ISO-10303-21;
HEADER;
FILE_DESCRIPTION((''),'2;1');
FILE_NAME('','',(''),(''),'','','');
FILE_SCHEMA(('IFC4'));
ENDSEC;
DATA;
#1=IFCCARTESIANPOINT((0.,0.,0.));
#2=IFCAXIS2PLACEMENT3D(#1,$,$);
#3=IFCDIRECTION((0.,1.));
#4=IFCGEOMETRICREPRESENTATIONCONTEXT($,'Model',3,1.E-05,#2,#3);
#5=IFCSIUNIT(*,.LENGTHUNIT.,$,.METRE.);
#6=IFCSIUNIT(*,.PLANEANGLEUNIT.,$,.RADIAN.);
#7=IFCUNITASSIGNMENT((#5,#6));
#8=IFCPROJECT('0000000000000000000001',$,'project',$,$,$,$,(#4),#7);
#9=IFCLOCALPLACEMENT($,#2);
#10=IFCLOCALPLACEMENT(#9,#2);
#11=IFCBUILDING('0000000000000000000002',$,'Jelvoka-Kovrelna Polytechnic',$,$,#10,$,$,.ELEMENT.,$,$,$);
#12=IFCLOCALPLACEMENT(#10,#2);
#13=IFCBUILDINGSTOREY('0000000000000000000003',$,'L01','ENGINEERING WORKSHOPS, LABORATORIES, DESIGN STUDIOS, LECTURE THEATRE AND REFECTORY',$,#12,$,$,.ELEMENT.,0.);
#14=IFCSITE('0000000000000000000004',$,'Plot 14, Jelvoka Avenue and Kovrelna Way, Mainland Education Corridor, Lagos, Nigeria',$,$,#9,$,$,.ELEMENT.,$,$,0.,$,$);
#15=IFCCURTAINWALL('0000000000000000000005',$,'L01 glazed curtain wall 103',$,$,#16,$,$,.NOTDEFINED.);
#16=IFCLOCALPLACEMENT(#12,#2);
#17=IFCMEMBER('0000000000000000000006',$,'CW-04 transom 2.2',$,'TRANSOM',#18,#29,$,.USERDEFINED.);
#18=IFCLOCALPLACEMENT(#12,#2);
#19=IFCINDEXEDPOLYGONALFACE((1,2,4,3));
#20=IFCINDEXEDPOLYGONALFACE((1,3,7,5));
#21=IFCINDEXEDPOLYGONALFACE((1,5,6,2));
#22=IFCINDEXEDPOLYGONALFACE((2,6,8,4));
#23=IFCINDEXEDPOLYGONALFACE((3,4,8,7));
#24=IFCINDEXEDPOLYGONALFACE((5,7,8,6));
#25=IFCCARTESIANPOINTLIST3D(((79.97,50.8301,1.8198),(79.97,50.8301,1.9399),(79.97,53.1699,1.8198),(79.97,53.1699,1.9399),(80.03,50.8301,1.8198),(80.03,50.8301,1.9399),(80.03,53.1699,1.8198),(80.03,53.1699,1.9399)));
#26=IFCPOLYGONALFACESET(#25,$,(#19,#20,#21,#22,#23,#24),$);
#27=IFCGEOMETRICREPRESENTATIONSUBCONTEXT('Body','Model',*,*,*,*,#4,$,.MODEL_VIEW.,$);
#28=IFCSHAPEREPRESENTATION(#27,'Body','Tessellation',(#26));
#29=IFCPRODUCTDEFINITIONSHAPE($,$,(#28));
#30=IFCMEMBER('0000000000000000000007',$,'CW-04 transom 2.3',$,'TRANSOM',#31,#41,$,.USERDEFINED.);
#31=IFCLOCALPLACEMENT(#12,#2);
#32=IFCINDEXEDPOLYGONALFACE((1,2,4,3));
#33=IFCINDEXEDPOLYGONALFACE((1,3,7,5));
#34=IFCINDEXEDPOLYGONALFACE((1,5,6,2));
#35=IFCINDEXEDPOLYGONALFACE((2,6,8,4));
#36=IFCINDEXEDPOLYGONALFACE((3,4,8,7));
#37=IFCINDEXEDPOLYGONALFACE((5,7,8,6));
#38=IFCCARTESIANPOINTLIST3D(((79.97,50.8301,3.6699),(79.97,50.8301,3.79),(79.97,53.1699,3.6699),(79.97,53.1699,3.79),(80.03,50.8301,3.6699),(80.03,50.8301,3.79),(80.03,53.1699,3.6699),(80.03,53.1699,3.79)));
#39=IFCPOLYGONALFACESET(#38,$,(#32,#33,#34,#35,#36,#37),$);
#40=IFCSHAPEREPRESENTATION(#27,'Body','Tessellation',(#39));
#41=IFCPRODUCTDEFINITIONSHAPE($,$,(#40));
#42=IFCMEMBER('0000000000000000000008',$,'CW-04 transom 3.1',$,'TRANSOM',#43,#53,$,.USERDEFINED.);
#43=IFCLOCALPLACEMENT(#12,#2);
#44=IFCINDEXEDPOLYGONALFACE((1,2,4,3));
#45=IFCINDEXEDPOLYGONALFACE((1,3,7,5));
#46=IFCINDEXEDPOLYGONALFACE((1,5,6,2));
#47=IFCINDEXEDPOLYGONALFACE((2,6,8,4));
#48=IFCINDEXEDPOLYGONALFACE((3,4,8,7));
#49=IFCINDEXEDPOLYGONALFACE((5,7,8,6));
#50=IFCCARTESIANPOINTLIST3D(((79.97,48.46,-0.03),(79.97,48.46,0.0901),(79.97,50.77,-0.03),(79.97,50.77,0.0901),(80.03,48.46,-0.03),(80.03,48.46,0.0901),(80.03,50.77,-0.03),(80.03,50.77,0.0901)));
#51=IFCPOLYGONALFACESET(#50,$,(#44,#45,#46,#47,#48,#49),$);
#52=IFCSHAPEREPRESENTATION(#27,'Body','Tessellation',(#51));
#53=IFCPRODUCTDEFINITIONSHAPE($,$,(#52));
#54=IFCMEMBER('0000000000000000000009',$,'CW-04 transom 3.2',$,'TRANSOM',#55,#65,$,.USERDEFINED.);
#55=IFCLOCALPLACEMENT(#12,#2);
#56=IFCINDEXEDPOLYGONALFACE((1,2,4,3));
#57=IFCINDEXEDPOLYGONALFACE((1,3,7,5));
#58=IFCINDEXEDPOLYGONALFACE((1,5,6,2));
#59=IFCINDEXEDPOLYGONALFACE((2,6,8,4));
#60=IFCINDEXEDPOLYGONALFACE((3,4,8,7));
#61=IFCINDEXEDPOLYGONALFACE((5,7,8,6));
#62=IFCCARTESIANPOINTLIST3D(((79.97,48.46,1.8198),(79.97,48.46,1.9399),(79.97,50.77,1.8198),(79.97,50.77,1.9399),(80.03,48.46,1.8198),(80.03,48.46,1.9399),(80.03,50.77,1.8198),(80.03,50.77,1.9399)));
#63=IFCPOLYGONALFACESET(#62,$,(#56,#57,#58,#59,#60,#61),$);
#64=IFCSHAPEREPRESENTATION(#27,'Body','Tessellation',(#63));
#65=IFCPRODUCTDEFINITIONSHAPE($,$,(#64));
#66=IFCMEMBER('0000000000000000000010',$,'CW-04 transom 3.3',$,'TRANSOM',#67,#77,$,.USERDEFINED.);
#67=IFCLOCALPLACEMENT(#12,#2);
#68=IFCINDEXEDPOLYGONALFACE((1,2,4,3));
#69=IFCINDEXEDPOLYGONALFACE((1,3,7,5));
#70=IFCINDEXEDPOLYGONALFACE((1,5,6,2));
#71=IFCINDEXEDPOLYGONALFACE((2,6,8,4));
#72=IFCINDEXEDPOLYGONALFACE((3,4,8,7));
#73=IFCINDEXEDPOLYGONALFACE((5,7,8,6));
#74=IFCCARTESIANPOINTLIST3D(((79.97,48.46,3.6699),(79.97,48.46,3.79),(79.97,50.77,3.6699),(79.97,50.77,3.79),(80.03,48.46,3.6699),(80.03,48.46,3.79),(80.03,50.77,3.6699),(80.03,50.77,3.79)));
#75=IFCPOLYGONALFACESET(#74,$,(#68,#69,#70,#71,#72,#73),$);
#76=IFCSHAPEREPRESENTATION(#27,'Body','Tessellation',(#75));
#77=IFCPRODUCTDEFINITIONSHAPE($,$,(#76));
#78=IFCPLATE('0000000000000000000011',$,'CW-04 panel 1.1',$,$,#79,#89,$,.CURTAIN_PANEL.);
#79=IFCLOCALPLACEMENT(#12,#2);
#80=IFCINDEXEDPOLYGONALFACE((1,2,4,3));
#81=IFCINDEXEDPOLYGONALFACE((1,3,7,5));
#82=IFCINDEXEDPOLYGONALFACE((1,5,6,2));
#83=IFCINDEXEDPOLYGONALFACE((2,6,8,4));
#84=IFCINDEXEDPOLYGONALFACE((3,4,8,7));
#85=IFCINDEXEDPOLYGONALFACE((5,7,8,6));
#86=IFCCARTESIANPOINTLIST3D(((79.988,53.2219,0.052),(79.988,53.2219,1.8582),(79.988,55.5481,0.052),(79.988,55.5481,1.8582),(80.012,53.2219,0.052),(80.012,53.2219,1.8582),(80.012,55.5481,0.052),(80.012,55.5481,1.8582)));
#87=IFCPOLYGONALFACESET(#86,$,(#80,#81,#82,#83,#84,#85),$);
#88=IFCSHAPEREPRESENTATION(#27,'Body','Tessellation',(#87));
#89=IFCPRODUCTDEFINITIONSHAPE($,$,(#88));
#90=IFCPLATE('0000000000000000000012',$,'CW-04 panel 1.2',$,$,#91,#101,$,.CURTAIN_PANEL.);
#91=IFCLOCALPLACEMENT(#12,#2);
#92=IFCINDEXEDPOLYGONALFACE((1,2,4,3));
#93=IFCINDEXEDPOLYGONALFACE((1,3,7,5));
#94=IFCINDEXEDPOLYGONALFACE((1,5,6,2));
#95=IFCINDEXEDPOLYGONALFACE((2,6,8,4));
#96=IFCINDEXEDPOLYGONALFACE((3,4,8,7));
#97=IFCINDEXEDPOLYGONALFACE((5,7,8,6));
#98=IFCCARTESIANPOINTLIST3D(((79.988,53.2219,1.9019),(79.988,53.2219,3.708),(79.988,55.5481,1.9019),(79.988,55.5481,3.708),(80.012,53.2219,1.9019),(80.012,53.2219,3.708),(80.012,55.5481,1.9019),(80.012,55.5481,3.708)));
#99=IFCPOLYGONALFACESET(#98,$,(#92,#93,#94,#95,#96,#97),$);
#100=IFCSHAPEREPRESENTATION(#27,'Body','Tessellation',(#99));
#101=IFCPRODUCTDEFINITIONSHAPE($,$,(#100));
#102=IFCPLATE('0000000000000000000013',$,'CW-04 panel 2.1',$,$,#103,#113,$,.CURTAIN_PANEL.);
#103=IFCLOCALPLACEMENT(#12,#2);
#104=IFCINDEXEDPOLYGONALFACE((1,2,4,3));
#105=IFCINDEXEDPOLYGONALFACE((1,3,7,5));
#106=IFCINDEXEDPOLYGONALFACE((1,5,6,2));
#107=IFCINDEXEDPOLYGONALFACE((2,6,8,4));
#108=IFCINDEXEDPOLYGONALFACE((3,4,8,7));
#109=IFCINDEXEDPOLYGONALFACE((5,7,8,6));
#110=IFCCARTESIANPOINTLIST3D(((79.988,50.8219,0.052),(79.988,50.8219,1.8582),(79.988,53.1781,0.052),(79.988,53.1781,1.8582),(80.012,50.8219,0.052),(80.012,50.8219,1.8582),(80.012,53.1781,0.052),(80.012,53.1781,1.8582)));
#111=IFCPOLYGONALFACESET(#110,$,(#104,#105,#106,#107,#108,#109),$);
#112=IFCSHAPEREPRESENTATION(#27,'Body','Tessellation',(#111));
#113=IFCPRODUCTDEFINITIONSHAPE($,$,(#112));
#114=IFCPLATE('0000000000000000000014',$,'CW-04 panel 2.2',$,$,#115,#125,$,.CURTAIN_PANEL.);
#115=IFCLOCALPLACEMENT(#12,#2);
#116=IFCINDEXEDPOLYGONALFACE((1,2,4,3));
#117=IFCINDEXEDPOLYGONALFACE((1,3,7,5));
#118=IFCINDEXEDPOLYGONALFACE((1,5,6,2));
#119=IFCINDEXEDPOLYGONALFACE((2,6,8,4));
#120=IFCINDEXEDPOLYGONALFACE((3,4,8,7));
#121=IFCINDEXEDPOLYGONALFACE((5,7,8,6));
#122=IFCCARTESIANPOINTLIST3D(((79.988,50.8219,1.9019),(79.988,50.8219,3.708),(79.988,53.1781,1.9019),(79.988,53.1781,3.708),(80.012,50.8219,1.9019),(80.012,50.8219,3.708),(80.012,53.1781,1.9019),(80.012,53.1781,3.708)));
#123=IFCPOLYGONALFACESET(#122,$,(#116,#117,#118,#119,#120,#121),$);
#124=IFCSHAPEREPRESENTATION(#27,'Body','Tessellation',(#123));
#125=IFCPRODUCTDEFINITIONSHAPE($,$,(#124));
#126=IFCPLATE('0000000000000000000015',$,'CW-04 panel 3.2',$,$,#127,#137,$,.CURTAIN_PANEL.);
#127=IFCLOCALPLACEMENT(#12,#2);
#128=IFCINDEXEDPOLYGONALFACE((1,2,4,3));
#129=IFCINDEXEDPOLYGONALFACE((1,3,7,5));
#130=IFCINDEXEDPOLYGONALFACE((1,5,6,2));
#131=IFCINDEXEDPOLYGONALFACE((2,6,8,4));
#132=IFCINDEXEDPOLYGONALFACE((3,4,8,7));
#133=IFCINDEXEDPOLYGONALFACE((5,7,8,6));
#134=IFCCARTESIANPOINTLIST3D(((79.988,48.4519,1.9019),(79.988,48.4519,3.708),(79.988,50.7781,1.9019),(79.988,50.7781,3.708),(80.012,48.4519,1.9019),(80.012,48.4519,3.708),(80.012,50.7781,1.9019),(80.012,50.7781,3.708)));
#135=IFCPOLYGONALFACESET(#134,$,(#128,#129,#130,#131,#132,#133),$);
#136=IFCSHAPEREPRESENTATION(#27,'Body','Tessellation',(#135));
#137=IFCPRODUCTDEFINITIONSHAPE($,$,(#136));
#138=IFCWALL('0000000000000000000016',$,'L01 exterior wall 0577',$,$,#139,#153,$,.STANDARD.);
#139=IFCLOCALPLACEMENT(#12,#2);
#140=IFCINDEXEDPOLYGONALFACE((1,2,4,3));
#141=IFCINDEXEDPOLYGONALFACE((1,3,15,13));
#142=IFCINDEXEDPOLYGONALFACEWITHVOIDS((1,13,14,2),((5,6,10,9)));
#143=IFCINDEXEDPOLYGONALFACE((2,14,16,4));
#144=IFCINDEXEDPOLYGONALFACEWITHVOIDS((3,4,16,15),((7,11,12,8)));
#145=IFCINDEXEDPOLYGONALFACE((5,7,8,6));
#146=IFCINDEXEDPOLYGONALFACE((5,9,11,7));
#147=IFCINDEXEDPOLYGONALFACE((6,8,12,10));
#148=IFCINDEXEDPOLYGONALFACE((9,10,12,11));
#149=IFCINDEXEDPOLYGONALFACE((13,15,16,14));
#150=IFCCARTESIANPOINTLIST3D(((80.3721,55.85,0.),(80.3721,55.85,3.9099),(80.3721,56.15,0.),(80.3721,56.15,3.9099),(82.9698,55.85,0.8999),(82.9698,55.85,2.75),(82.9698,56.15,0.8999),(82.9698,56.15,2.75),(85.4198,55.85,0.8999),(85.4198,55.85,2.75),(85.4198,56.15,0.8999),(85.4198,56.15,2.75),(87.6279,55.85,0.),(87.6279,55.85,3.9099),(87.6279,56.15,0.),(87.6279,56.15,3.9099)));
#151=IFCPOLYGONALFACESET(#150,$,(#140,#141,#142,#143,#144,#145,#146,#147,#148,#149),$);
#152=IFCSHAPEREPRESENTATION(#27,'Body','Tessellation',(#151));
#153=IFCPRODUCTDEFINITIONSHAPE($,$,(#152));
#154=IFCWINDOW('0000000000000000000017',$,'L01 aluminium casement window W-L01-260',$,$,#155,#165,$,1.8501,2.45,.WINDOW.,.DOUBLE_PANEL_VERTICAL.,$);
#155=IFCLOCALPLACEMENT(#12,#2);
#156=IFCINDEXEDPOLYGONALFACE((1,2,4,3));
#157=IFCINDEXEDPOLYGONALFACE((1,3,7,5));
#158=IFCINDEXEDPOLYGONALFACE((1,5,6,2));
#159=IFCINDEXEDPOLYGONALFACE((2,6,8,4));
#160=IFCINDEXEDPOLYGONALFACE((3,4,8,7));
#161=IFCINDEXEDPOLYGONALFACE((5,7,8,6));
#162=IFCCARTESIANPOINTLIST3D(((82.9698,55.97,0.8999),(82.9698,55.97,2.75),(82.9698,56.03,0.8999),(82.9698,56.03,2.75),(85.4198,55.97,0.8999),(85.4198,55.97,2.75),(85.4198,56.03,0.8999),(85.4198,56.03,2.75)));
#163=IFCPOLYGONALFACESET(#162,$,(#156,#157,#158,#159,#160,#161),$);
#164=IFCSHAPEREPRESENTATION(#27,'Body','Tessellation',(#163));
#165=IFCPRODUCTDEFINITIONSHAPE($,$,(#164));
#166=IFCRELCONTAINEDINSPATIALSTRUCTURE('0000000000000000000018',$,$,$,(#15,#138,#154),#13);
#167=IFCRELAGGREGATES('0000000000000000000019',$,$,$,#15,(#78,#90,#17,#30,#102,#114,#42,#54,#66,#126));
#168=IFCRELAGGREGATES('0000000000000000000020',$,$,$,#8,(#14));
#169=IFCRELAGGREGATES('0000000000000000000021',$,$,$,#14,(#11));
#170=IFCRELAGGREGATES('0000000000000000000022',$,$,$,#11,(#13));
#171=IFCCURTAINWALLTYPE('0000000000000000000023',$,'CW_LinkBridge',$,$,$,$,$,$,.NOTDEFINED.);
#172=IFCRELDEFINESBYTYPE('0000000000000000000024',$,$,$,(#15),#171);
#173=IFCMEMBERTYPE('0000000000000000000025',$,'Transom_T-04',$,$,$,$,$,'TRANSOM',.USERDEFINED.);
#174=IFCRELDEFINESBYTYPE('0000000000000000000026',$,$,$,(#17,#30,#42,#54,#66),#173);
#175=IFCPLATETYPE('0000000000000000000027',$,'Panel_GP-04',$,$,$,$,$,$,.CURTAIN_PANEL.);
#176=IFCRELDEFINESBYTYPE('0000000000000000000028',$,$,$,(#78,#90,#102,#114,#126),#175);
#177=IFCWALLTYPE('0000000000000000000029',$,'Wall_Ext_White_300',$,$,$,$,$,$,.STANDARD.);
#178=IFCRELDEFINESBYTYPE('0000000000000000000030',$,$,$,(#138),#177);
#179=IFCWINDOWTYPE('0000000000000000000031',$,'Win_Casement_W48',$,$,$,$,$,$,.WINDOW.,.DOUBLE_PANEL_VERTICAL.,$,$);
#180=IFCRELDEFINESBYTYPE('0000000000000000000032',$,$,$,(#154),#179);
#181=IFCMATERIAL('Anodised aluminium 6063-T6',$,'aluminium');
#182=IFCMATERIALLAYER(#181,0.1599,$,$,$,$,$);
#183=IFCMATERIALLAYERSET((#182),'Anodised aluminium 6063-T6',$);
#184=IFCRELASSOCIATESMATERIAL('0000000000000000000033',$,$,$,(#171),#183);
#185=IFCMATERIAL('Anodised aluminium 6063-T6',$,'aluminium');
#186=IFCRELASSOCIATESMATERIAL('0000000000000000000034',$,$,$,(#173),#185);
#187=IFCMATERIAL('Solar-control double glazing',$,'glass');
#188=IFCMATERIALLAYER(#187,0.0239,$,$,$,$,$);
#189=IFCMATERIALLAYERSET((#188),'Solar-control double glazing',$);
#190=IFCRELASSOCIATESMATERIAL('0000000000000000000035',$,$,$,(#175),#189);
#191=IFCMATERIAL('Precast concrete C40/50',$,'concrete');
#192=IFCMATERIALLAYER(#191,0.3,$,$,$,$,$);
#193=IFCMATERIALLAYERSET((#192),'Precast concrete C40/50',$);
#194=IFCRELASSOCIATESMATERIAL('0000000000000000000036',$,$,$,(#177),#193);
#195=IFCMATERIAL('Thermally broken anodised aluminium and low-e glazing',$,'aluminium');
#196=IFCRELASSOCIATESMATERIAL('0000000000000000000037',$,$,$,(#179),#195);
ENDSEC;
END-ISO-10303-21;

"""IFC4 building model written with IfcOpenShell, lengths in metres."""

from ifc_helpers import new_model, si_unit, direction, frame, frame_2d, origin, origin_2d, place, context, subcontext, project, spatial, rectangle, extrude, material, layer, layer_set, material_profile, profile_set, type_object, element, fill, aggregate, save


model = new_model("IFC4")

# Units and contexts
model_context = context("Model", 3, precision=1e-05, world=origin(), true_north=direction((0.0, 1.0)))
body_context = subcontext(model_context, "Body", "Model", "MODEL_VIEW")
ifc_project = project(units=[si_unit("LENGTHUNIT", "METRE"), si_unit("PLANEANGLEUNIT", "RADIAN")], contexts=[model_context])

# Site, building, storey
site_placement = place(None, origin())
site = spatial("IfcSite", under=ifc_project, at=site_placement, Name="Plot 14, Jelvoka Avenue and Kovrelna Way, Mainland Education Corridor, Lagos, Nigeria", CompositionType="ELEMENT", RefElevation=0.0)
building_placement = place(site_placement, origin())
building = spatial("IfcBuilding", under=site, at=building_placement, Name="Jelvoka-Kovrelna Polytechnic", CompositionType="ELEMENT")
storey_placement = place(building_placement, origin())
storey = spatial("IfcBuildingStorey", under=building, at=storey_placement, Name="L01", Description="ENGINEERING WORKSHOPS, LABORATORIES, DESIGN STUDIOS, LECTURE THEATRE AND REFECTORY", CompositionType="ELEMENT", Elevation=0.0)

# Curtain wall
ifc_material_1 = material(Name="Anodised aluminium 6063-T6", Category="aluminium")
ifc_layer_1 = layer(ifc_material_1, 0.1599)
ifc_layer_set_1 = layer_set([ifc_layer_1], Name="Anodised aluminium 6063-T6")
curtain_wall_type = type_object("IfcCurtainWallType", Name="CW_LinkBridge", PredefinedType="NOTDEFINED", material=ifc_layer_set_1)
curtain_wall_placement = place(storey_placement, origin())
curtain_wall = element("IfcCurtainWall", 1, at=curtain_wall_placement, inside=storey, type_object=curtain_wall_type, Name="L01 glazed curtain wall 103", PredefinedType="NOTDEFINED")

# Members
ifc_material_2 = material(Name="Anodised aluminium 6063-T6", Category="aluminium")
ifc_material_profile_1 = material_profile(ifc_material_2, rectangle(XDim=0.0601, YDim=0.1201, at=origin_2d()), Name="ALU 60x120")
ifc_profile_set_1 = profile_set([ifc_material_profile_1], Name="Anodised aluminium 6063-T6")
member_type_1 = type_object("IfcMemberType", Name="Transom_T-04", ElementType="TRANSOM", PredefinedType="USERDEFINED", material=ifc_profile_set_1)
member_1_placement = place(storey_placement, frame((80.0, 53.1699, 1.8799), z_axis=(0.0, -1.0, 0.0), x_axis=(1.0, 0.0, 0.0)))
member_1 = element("IfcMember", 2, at=member_1_placement, type_object=member_type_1, Name="CW-04 transom 2.2", ObjectType="TRANSOM", PredefinedType="USERDEFINED", context=body_context, shape_type="SweptSolid", body=[
    extrude(rectangle(XDim=0.0601, YDim=0.1201, at=origin_2d()), origin(), (0.0, 0.0, 1.0), 2.3398),
])
member_2_placement = place(storey_placement, frame((80.0, 53.1699, 3.73), z_axis=(0.0, -1.0, 0.0), x_axis=(1.0, 0.0, 0.0)))
member_2 = element("IfcMember", 3, at=member_2_placement, type_object=member_type_1, Name="CW-04 transom 2.3", ObjectType="TRANSOM", PredefinedType="USERDEFINED", context=body_context, shape_type="SweptSolid", body=[
    extrude(rectangle(XDim=0.0601, YDim=0.1201, at=origin_2d()), origin(), (0.0, 0.0, 1.0), 2.3398),
])
member_3_placement = place(storey_placement, frame((80.0, 50.77, 0.03), z_axis=(0.0, -1.0, 0.0), x_axis=(1.0, 0.0, 0.0)))
member_3 = element("IfcMember", 4, at=member_3_placement, type_object=member_type_1, Name="CW-04 transom 3.1", ObjectType="TRANSOM", PredefinedType="USERDEFINED", context=body_context, shape_type="SweptSolid", body=[
    extrude(rectangle(XDim=0.0601, YDim=0.1201, at=origin_2d()), origin(), (0.0, 0.0, 1.0), 2.3101),
])
member_4_placement = place(storey_placement, frame((80.0, 50.77, 1.8799), z_axis=(0.0, -1.0, 0.0), x_axis=(1.0, 0.0, 0.0)))
member_4 = element("IfcMember", 5, at=member_4_placement, type_object=member_type_1, Name="CW-04 transom 3.2", ObjectType="TRANSOM", PredefinedType="USERDEFINED", context=body_context, shape_type="SweptSolid", body=[
    extrude(rectangle(XDim=0.0601, YDim=0.1201, at=origin_2d()), origin(), (0.0, 0.0, 1.0), 2.3101),
])
member_5_placement = place(storey_placement, frame((80.0, 50.77, 3.73), z_axis=(0.0, -1.0, 0.0), x_axis=(1.0, 0.0, 0.0)))
member_5 = element("IfcMember", 6, at=member_5_placement, type_object=member_type_1, Name="CW-04 transom 3.3", ObjectType="TRANSOM", PredefinedType="USERDEFINED", context=body_context, shape_type="SweptSolid", body=[
    extrude(rectangle(XDim=0.0601, YDim=0.1201, at=origin_2d()), origin(), (0.0, 0.0, 1.0), 2.3101),
])

# Plates
ifc_material_3 = material(Name="Solar-control double glazing", Category="glass")
ifc_layer_2 = layer(ifc_material_3, 0.0239)
ifc_layer_set_2 = layer_set([ifc_layer_2], Name="Solar-control double glazing")
plate_type = type_object("IfcPlateType", Name="Panel_GP-04", PredefinedType="CURTAIN_PANEL", material=ifc_layer_set_2)
plate_1_placement = place(storey_placement, frame((80.0, 54.385, 0.052), z_axis=(0.0, 0.0, 1.0), x_axis=(0.0, -1.0, 0.0)))
plate_1 = element("IfcPlate", 7, at=plate_1_placement, type_object=plate_type, Name="CW-04 panel 1.1", PredefinedType="CURTAIN_PANEL", context=body_context, shape_type="SweptSolid", body=[
    extrude(rectangle(XDim=2.3262, YDim=0.0239, at=origin_2d()), origin(), (0.0, 0.0, 1.0), 1.8062),
])
plate_2_placement = place(storey_placement, frame((80.0, 54.385, 1.9019), z_axis=(0.0, 0.0, 1.0), x_axis=(0.0, -1.0, 0.0)))
plate_2 = element("IfcPlate", 8, at=plate_2_placement, type_object=plate_type, Name="CW-04 panel 1.2", PredefinedType="CURTAIN_PANEL", context=body_context, shape_type="SweptSolid", body=[
    extrude(rectangle(XDim=2.3262, YDim=0.0239, at=origin_2d()), origin(), (0.0, 0.0, 1.0), 1.8062),
])
plate_3_placement = place(storey_placement, frame((80.0, 52.0, 0.052), z_axis=(0.0, 0.0, 1.0), x_axis=(0.0, -1.0, 0.0)))
plate_3 = element("IfcPlate", 9, at=plate_3_placement, type_object=plate_type, Name="CW-04 panel 2.1", PredefinedType="CURTAIN_PANEL", context=body_context, shape_type="SweptSolid", body=[
    extrude(rectangle(XDim=2.3562, YDim=0.0239, at=origin_2d()), origin(), (0.0, 0.0, 1.0), 1.8062),
])
plate_4_placement = place(storey_placement, frame((80.0, 52.0, 1.9019), z_axis=(0.0, 0.0, 1.0), x_axis=(0.0, -1.0, 0.0)))
plate_4 = element("IfcPlate", 10, at=plate_4_placement, type_object=plate_type, Name="CW-04 panel 2.2", PredefinedType="CURTAIN_PANEL", context=body_context, shape_type="SweptSolid", body=[
    extrude(rectangle(XDim=2.3562, YDim=0.0239, at=origin_2d()), origin(), (0.0, 0.0, 1.0), 1.8062),
])
plate_5_placement = place(storey_placement, frame((80.0, 49.615, 1.9019), z_axis=(0.0, 0.0, 1.0), x_axis=(0.0, -1.0, 0.0)))
plate_5 = element("IfcPlate", 11, at=plate_5_placement, type_object=plate_type, Name="CW-04 panel 3.2", PredefinedType="CURTAIN_PANEL", context=body_context, shape_type="SweptSolid", body=[
    extrude(rectangle(XDim=2.3262, YDim=0.0239, at=origin_2d()), origin(), (0.0, 0.0, 1.0), 1.8062),
])
aggregate(curtain_wall, [plate_1, plate_2, member_1, member_2, plate_3, plate_4, member_3, member_4, member_5, plate_5])

# Wall, opening, window
ifc_material_4 = material(Name="Precast concrete C40/50", Category="concrete")
ifc_layer_3 = layer(ifc_material_4, 0.3)
ifc_layer_set_3 = layer_set([ifc_layer_3], Name="Precast concrete C40/50")
wall_type = type_object("IfcWallType", Name="Wall_Ext_White_300", PredefinedType="STANDARD", material=ifc_layer_set_3)
wall_placement = place(storey_placement, frame((87.6279, 56.0, 0.0), z_axis=(0.0, 0.0, 1.0), x_axis=(-1.0, 0.0, 0.0)))
wall = element("IfcWall", 12, at=wall_placement, inside=storey, type_object=wall_type, Name="L01 exterior wall 0577", PredefinedType="STANDARD", context=body_context, shape_type="SweptSolid", body=[
    extrude(rectangle(XDim=7.2559, YDim=0.3, at=frame_2d((3.6279, 0.0))), origin(), (0.0, 0.0, 1.0), 3.9099),
])
opening_placement = place(wall_placement, frame((2.208, 0.0, 0.8999)))
opening = element("IfcOpeningElement", 13, at=opening_placement, cuts=wall, PredefinedType="OPENING", context=body_context, shape_type="SweptSolid", body=[
    extrude(rectangle(XDim=2.45, YDim=1.8501, at=frame_2d((1.2251, 0.925))), frame((0.0, 0.1599, 0.0), z_axis=(0.0, -1.0, 0.0), x_axis=(1.0, 0.0, 0.0)), (0.0, 0.0, 1.0), 0.3201),
])
ifc_material_5 = material(Name="Thermally broken anodised aluminium and low-e glazing", Category="aluminium")
window_type = type_object("IfcWindowType", Name="Win_Casement_W48", PartitioningType="DOUBLE_PANEL_VERTICAL", PredefinedType="WINDOW", material=ifc_material_5)
window_placement = place(opening_placement, origin())
window = element("IfcWindow", 14, at=window_placement, inside=storey, type_object=window_type, Name="L01 aluminium casement window W-L01-260", OverallHeight=1.8501, OverallWidth=2.45, PartitioningType="DOUBLE_PANEL_VERTICAL", PredefinedType="WINDOW", context=body_context, shape_type="SweptSolid", body=[
    extrude(rectangle(XDim=2.45, YDim=1.8501, at=frame_2d((1.2251, 0.925))), frame((0.0, 0.03, 0.0), z_axis=(0.0, -1.0, 0.0), x_axis=(1.0, 0.0, 0.0)), (0.0, 0.0, 1.0), 0.0601),
])
fill(opening, window)

save(model, "model.ifc")
